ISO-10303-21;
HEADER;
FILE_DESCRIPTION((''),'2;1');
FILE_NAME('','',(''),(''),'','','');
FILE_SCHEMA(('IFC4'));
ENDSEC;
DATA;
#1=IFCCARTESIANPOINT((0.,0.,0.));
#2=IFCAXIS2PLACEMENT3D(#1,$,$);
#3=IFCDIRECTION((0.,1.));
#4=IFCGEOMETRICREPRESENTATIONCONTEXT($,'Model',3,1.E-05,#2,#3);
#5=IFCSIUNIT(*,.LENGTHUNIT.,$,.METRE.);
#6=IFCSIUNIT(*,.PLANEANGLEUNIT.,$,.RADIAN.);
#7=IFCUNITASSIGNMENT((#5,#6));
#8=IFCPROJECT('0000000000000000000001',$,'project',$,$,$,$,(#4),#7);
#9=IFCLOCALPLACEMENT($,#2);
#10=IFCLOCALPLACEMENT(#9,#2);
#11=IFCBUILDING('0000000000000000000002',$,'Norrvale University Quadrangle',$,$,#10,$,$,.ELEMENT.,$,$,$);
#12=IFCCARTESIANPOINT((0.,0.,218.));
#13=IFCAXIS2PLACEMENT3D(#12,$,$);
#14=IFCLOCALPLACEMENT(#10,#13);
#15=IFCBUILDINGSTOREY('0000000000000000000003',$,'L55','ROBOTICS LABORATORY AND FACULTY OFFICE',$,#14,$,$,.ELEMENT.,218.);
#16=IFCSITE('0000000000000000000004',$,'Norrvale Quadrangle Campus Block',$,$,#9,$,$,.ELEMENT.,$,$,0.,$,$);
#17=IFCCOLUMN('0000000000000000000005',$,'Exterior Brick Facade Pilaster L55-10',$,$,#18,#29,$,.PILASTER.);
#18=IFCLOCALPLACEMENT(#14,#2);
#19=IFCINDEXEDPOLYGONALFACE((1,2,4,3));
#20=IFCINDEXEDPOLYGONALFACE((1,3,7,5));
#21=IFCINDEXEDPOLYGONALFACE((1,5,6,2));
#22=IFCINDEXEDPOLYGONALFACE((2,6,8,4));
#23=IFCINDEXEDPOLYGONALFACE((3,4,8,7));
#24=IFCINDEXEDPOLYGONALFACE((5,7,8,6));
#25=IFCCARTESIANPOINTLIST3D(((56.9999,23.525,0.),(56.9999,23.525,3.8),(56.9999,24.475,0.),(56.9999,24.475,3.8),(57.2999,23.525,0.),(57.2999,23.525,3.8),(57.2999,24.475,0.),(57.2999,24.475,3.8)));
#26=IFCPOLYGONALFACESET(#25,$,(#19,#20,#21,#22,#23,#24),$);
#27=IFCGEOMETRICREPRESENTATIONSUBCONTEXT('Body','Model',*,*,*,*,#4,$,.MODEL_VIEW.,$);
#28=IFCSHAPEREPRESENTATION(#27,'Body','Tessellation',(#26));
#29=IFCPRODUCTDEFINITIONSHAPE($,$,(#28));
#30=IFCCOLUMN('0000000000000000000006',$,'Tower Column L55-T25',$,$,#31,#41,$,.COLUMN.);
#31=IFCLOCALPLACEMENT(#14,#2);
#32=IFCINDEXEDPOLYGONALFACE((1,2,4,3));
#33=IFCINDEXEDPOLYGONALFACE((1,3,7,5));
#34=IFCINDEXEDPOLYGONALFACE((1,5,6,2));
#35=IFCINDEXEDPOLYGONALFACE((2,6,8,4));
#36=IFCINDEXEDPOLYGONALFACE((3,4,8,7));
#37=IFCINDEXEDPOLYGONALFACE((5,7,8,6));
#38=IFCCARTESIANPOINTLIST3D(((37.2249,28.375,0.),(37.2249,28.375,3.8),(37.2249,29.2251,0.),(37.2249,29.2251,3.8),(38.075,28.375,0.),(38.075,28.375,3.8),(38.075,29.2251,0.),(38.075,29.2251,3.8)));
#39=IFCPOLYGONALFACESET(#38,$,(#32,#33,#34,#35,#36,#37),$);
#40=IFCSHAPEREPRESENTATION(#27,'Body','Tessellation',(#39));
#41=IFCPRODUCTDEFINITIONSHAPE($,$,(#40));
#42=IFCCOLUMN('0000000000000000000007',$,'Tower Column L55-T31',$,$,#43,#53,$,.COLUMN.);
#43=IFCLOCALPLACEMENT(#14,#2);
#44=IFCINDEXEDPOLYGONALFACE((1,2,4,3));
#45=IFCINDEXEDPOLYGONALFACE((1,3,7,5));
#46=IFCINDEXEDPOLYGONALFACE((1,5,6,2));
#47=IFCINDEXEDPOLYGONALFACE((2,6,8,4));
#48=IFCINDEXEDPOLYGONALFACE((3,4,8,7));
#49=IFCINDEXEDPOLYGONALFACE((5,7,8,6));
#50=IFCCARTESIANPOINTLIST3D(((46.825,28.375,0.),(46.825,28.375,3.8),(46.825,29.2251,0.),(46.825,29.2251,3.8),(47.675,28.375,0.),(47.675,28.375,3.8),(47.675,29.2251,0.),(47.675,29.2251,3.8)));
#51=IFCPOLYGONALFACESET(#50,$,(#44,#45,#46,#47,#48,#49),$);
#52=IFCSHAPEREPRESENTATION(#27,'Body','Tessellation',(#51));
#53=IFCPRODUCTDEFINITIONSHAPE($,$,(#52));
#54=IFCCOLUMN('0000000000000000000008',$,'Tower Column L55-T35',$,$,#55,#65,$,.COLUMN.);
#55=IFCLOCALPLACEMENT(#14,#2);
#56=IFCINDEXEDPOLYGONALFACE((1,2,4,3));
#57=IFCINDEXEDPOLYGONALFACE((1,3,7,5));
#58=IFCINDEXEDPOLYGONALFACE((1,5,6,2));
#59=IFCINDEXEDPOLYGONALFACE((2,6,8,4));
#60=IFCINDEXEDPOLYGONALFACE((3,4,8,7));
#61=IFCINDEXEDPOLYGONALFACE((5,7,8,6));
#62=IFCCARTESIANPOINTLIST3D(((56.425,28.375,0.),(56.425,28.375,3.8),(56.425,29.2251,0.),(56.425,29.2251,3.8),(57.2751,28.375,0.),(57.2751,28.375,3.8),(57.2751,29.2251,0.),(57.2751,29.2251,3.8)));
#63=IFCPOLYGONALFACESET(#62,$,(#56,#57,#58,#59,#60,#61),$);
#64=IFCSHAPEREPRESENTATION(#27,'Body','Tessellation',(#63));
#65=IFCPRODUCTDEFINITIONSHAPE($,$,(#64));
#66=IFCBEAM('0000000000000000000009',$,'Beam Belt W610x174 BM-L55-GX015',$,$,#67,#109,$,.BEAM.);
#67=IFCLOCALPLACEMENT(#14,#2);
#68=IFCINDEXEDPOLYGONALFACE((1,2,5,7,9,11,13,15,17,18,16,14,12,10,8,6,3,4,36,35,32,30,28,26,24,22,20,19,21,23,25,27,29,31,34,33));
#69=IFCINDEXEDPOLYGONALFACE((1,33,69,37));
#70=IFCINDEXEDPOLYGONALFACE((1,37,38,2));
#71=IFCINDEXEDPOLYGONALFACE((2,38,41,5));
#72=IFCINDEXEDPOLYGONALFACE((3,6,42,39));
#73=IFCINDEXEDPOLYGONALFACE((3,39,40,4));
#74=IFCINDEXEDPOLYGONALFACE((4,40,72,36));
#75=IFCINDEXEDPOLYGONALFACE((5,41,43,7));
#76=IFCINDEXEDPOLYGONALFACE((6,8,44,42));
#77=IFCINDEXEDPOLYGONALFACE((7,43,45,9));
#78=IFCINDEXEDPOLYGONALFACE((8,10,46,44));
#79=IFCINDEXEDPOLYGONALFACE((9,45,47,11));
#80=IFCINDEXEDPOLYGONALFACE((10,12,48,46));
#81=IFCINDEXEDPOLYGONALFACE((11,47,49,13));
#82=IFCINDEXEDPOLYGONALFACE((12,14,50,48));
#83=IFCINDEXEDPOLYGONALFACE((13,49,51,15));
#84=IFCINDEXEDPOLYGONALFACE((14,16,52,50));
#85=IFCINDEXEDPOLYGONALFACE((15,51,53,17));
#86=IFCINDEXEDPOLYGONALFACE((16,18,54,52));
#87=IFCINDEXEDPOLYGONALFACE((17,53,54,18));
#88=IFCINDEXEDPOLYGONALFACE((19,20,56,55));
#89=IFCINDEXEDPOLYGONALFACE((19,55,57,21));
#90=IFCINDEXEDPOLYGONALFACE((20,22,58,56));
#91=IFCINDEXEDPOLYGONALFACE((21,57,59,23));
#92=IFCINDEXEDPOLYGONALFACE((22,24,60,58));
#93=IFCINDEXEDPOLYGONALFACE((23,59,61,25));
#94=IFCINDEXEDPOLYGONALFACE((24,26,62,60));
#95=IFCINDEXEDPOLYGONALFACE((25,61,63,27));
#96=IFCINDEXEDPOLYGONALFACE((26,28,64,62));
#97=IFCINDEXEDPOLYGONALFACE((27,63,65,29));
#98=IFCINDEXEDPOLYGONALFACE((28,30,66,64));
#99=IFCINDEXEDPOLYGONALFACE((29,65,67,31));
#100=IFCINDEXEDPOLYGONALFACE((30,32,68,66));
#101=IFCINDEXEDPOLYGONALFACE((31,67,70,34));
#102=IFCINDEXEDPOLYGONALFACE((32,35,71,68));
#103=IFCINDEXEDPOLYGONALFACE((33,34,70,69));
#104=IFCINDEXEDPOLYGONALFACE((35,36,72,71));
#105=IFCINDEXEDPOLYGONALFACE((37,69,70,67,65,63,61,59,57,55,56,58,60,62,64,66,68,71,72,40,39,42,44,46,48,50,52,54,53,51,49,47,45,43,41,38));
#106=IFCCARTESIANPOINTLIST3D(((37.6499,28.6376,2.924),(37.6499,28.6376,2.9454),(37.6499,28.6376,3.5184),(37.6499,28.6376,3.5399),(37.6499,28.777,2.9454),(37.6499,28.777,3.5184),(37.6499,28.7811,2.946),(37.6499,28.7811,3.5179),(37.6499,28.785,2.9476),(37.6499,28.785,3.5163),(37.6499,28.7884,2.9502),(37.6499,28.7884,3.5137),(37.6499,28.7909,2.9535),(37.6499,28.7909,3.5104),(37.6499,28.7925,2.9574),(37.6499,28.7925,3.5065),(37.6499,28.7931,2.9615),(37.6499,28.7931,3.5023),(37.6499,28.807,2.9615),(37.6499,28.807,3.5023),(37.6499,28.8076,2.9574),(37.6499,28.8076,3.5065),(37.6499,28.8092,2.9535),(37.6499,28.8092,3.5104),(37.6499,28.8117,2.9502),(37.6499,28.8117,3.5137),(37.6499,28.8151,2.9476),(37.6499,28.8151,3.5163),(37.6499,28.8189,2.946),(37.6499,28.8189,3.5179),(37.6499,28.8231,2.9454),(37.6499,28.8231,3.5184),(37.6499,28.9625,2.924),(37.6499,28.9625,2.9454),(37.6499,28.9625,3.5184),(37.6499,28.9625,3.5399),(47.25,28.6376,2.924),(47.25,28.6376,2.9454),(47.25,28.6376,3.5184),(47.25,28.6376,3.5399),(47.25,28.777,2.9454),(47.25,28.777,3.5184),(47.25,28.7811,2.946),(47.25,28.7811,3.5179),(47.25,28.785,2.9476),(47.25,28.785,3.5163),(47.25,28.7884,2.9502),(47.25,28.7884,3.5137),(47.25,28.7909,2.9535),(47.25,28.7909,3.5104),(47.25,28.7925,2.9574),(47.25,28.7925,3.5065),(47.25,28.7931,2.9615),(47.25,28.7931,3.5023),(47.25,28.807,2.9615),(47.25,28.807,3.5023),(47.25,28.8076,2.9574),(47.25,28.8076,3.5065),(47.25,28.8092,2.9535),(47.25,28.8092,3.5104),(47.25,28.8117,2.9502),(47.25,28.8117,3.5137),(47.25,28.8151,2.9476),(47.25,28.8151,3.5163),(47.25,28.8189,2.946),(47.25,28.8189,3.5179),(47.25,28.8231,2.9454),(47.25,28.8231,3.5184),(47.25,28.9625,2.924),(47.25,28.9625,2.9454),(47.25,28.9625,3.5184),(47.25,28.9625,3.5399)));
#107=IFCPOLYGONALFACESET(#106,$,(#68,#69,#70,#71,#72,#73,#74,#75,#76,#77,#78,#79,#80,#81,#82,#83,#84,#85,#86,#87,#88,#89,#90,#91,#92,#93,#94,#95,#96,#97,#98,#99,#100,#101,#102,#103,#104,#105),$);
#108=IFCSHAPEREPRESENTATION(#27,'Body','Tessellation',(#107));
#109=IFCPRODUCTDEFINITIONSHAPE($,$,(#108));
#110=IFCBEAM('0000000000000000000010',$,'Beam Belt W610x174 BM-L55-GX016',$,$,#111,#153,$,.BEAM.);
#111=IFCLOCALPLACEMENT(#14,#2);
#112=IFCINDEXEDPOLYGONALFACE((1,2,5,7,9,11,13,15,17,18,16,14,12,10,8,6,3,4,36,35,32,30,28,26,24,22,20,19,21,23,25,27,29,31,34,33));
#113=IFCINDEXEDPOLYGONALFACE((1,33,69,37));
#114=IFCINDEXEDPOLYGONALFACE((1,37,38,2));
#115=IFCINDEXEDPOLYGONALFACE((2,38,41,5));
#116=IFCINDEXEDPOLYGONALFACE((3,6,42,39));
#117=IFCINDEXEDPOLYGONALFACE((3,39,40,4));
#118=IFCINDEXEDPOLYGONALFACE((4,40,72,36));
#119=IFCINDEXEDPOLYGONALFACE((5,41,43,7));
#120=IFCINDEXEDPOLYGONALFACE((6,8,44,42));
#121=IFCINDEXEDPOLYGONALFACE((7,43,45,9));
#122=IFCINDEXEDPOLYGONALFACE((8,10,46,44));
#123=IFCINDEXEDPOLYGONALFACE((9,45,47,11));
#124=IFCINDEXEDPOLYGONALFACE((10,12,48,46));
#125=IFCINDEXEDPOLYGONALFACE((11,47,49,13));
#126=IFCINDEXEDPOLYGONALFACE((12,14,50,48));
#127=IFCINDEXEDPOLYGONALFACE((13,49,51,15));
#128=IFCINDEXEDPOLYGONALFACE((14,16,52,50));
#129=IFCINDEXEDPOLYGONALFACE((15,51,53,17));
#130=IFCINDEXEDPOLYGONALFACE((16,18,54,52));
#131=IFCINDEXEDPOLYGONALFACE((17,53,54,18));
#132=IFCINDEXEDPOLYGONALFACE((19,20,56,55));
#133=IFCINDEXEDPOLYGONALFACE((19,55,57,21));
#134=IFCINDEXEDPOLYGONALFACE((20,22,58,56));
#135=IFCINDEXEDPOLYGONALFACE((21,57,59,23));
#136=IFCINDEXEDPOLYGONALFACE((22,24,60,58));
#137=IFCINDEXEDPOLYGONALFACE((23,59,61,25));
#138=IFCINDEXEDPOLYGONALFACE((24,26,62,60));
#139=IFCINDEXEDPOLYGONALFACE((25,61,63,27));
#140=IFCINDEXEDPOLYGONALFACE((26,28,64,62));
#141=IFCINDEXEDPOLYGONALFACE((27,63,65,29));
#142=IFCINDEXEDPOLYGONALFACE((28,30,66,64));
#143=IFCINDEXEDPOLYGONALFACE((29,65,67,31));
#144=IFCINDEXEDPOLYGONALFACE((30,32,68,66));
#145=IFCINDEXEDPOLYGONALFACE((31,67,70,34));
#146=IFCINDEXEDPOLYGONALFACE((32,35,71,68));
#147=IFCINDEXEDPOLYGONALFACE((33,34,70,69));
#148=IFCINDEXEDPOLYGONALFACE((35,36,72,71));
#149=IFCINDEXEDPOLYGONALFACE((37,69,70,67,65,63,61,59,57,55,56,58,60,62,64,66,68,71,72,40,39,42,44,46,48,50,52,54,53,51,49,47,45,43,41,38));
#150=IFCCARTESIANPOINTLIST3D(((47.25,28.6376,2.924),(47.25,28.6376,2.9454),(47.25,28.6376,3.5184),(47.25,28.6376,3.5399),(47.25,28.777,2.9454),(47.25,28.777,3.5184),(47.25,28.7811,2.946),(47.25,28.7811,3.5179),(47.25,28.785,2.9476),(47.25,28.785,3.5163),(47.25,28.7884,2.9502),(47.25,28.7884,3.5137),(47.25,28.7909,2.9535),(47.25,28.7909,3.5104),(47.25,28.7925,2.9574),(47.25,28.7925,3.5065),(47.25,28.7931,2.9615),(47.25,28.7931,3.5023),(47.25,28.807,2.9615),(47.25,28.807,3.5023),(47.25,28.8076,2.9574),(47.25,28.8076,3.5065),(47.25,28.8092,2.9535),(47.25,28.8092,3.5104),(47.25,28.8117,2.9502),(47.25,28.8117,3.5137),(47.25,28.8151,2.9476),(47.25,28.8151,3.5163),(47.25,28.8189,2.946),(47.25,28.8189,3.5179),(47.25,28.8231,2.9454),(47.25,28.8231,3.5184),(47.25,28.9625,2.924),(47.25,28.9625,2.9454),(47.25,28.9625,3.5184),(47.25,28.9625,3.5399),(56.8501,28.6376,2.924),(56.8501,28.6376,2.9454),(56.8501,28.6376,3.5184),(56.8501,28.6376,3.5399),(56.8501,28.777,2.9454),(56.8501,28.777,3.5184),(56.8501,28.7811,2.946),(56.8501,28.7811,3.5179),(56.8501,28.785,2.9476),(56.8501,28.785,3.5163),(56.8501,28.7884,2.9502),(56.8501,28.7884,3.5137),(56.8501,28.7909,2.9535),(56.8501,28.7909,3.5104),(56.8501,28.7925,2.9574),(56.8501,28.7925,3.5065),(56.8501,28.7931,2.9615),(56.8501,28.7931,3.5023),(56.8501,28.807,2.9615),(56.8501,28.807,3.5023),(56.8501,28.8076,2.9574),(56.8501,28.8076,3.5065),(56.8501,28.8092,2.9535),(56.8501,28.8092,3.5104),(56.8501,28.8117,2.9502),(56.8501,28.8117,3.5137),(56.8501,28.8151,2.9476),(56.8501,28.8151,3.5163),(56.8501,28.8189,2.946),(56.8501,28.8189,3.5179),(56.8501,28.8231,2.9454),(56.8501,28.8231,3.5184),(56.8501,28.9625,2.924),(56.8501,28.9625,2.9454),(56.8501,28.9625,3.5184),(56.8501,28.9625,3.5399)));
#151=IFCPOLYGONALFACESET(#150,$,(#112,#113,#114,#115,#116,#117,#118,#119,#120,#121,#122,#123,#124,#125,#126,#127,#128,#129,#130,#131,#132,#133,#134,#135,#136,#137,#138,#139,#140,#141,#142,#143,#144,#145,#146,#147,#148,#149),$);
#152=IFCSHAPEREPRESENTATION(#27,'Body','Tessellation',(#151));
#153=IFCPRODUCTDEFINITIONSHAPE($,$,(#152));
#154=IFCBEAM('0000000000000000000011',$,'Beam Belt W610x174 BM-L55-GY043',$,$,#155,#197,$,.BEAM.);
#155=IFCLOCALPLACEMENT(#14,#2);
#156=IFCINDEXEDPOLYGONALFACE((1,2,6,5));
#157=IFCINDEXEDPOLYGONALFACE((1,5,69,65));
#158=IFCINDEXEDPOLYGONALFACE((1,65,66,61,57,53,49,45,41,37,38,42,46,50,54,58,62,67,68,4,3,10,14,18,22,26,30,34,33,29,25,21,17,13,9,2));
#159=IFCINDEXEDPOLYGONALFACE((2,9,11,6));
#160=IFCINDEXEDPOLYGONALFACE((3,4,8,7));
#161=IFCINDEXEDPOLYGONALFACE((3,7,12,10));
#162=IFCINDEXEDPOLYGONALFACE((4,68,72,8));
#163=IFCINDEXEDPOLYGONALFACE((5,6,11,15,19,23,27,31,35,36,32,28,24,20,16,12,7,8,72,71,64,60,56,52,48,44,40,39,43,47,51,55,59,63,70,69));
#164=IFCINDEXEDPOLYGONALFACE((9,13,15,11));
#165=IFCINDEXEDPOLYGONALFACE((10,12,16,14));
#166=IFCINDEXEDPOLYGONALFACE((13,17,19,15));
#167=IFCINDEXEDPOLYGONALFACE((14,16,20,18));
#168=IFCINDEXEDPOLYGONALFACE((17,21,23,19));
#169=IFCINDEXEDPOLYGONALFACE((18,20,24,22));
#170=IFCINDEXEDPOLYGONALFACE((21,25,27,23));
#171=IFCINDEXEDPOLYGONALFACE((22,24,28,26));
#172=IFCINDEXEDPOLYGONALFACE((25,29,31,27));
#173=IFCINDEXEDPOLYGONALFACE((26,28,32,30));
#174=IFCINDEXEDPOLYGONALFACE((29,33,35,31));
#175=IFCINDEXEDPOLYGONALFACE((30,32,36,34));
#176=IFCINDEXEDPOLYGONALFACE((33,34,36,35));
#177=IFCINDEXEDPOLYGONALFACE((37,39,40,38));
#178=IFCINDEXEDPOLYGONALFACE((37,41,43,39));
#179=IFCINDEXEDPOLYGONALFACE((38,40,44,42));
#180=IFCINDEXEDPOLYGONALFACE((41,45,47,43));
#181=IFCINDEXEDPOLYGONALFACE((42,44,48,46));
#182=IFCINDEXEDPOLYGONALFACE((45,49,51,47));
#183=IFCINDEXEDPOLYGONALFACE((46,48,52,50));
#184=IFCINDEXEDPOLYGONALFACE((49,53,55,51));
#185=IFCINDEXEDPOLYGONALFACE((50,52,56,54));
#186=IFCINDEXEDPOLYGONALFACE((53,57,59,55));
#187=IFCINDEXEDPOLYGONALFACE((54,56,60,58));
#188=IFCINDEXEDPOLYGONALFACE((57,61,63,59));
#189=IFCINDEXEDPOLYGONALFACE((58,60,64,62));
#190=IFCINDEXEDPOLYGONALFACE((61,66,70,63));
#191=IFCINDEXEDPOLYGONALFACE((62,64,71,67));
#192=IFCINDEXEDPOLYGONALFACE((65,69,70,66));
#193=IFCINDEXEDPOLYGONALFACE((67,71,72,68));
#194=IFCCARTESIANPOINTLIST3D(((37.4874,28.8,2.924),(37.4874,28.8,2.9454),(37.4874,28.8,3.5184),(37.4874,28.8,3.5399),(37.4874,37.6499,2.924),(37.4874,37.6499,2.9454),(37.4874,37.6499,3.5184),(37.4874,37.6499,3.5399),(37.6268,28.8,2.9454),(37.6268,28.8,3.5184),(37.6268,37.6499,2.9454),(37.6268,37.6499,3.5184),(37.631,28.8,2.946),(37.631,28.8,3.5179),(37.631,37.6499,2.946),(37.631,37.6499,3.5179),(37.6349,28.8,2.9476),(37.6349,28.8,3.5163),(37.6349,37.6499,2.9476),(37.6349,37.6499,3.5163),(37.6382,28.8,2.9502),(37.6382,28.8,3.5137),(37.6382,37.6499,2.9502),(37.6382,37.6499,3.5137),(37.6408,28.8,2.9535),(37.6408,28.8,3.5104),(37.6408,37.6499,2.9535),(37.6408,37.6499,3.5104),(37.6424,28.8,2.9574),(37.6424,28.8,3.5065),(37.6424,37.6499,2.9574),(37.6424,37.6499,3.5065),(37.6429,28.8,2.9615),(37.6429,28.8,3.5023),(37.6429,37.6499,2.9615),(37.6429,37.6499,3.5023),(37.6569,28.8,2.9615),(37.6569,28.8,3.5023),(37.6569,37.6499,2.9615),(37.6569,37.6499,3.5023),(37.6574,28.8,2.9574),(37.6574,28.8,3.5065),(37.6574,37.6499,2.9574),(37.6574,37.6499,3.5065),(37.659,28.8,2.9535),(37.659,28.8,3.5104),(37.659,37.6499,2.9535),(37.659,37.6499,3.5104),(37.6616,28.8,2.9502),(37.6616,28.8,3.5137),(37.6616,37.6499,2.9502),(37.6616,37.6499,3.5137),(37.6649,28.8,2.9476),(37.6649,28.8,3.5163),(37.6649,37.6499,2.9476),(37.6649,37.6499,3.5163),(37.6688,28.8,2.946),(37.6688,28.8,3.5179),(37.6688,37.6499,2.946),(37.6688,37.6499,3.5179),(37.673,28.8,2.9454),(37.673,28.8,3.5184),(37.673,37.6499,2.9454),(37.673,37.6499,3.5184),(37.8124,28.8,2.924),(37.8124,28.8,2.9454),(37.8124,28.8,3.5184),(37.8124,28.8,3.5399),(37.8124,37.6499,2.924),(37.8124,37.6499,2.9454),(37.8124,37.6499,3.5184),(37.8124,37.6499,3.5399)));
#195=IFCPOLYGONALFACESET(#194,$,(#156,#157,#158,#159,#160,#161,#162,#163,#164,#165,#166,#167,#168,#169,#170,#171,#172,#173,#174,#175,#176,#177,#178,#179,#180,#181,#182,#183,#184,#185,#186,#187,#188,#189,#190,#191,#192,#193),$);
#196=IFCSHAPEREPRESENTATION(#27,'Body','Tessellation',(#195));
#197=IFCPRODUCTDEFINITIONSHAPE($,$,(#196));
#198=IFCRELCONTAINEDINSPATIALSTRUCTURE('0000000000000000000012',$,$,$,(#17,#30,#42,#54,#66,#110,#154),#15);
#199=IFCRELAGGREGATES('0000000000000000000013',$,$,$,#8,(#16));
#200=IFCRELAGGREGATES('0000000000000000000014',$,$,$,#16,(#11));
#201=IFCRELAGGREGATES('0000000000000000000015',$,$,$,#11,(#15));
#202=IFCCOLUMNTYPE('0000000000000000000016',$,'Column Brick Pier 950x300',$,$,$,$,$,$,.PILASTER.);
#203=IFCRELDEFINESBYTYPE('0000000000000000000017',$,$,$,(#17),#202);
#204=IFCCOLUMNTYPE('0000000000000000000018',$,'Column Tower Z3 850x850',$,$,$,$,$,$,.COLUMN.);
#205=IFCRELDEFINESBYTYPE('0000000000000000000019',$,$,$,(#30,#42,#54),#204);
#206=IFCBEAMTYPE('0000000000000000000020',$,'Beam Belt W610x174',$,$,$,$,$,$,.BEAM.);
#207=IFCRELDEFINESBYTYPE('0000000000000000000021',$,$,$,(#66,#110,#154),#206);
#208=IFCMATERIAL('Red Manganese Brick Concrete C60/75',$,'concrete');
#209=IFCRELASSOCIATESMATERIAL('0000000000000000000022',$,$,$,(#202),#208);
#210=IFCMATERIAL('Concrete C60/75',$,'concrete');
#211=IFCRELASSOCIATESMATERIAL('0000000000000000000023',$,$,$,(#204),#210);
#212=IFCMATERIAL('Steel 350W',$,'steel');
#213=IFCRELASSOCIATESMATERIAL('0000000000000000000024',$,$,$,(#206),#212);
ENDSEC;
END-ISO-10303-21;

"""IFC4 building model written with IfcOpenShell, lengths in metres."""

from ifc_helpers import new_model, si_unit, direction, frame, origin, origin_2d, place, context, subcontext, project, spatial, rectangle, i_section, extrude, material, material_profile, profile_set, type_object, element, save


model = new_model("IFC4")

# Units and contexts
model_context = context("Model", 3, precision=1e-05, world=origin(), true_north=direction((0.0, 1.0)))
body_context = subcontext(model_context, "Body", "Model", "MODEL_VIEW")
ifc_project = project(units=[si_unit("LENGTHUNIT", "METRE"), si_unit("PLANEANGLEUNIT", "RADIAN")], contexts=[model_context])

# Site, building, storey
site_placement = place(None, origin())
site = spatial("IfcSite", under=ifc_project, at=site_placement, Name="Norrvale Quadrangle Campus Block", CompositionType="ELEMENT", RefElevation=0.0)
building_placement = place(site_placement, origin())
building = spatial("IfcBuilding", under=site, at=building_placement, Name="Norrvale University Quadrangle", CompositionType="ELEMENT")
storey_placement = place(building_placement, frame((0.0, 0.0, 218.0)))
storey = spatial("IfcBuildingStorey", under=building, at=storey_placement, Name="L55", Description="ROBOTICS LABORATORY AND FACULTY OFFICE", CompositionType="ELEMENT", Elevation=218.0)

# Columns
ifc_material_1 = material(Name="Red Manganese Brick Concrete C60/75", Category="concrete")
ifc_material_profile_1 = material_profile(ifc_material_1, rectangle(XDim=0.95, YDim=0.3, at=origin_2d()), Name="Red Manganese Brick Concrete C60/75")
ifc_profile_set_1 = profile_set([ifc_material_profile_1], Name="Red Manganese Brick Concrete C60/75")
column_type_1 = type_object("IfcColumnType", Name="Column Brick Pier 950x300", PredefinedType="PILASTER", material=ifc_profile_set_1)
column_placement = place(storey_placement, frame((57.1499, 24.0, 0.0), z_axis=(0.0, 0.0, 1.0), x_axis=(0.0, 1.0, 0.0)))
element("IfcColumn", 1, at=column_placement, inside=storey, type_object=column_type_1, Name="Exterior Brick Facade Pilaster L55-10", PredefinedType="PILASTER", context=body_context, shape_type="SweptSolid", body=[
    extrude(rectangle(XDim=0.95, YDim=0.3, at=origin_2d()), origin(), (0.0, 0.0, 1.0), 3.8),
])
ifc_material_2 = material(Name="Concrete C60/75", Category="concrete")
ifc_material_profile_2 = material_profile(ifc_material_2, rectangle(XDim=0.8501, YDim=0.8501, at=origin_2d()), Name="Concrete C60/75")
ifc_profile_set_2 = profile_set([ifc_material_profile_2], Name="Concrete C60/75")
column_type_2 = type_object("IfcColumnType", Name="Column Tower Z3 850x850", PredefinedType="COLUMN", material=ifc_profile_set_2)
for number, where, z_axis, x_axis, name in (
    (2, (37.6499, 28.8, 0.0), (0.0, 0.0, 1.0), (1.0, 0.0, 0.0), "Tower Column L55-T25"),
    (3, (47.25, 28.8, 0.0), (0.0, 0.0, 1.0), (1.0, 0.0, 0.0), "Tower Column L55-T31"),
    (4, (56.8501, 28.8, 0.0), (0.0, 0.0, 1.0), (1.0, 0.0, 0.0), "Tower Column L55-T35"),
):
    element("IfcColumn", number, at=place(storey_placement, frame(where, z_axis=z_axis, x_axis=x_axis)), inside=storey, type_object=column_type_2, Name=name, PredefinedType="COLUMN", context=body_context, shape_type="SweptSolid", body=[
        extrude(rectangle(XDim=0.8501, YDim=0.8501, at=origin_2d()), origin(), (0.0, 0.0, 1.0), 3.8),
    ])

# Beams
ifc_material_3 = material(Name="Steel 350W", Category="steel")
ifc_material_profile_3 = material_profile(ifc_material_3, i_section(OverallWidth=0.325, OverallDepth=0.616, WebThickness=0.0139, FlangeThickness=0.0215, FilletRadius=0.0161, at=origin_2d()), Name="Steel 350W")
ifc_profile_set_3 = profile_set([ifc_material_profile_3], Name="Steel 350W")
beam_type_1 = type_object("IfcBeamType", Name="Beam Belt W610x174", PredefinedType="BEAM", material=ifc_profile_set_3)
for number, where, z_axis, x_axis, name in (
    (5, (37.6499, 28.8, 3.2319), (1.0, 0.0, 0.0), (0.0, 1.0, 0.0), "Beam Belt W610x174 BM-L55-GX015"),
    (6, (47.25, 28.8, 3.2319), (1.0, 0.0, 0.0), (0.0, 1.0, 0.0), "Beam Belt W610x174 BM-L55-GX016"),
):
    element("IfcBeam", number, at=place(storey_placement, frame(where, z_axis=z_axis, x_axis=x_axis)), inside=storey, type_object=beam_type_1, Name=name, PredefinedType="BEAM", context=body_context, shape_type="SweptSolid", body=[
        extrude(i_section(OverallWidth=0.325, OverallDepth=0.616, WebThickness=0.0139, FlangeThickness=0.0215, FilletRadius=0.0161, at=origin_2d()), origin(), (0.0, 0.0, 1.0), 9.6001),
    ])
for number, where, z_axis, x_axis, name in (
    (7, (37.6499, 28.8, 3.2319), (0.0, 1.0, 0.0), (-1.0, 0.0, 0.0), "Beam Belt W610x174 BM-L55-GY043"),
):
    element("IfcBeam", number, at=place(storey_placement, frame(where, z_axis=z_axis, x_axis=x_axis)), inside=storey, type_object=beam_type_1, Name=name, PredefinedType="BEAM", context=body_context, shape_type="SweptSolid", body=[
        extrude(i_section(OverallWidth=0.325, OverallDepth=0.616, WebThickness=0.0139, FlangeThickness=0.0215, FilletRadius=0.0161, at=origin_2d()), origin(), (0.0, 0.0, 1.0), 8.8499),
    ])

save(model, "model.ifc")
